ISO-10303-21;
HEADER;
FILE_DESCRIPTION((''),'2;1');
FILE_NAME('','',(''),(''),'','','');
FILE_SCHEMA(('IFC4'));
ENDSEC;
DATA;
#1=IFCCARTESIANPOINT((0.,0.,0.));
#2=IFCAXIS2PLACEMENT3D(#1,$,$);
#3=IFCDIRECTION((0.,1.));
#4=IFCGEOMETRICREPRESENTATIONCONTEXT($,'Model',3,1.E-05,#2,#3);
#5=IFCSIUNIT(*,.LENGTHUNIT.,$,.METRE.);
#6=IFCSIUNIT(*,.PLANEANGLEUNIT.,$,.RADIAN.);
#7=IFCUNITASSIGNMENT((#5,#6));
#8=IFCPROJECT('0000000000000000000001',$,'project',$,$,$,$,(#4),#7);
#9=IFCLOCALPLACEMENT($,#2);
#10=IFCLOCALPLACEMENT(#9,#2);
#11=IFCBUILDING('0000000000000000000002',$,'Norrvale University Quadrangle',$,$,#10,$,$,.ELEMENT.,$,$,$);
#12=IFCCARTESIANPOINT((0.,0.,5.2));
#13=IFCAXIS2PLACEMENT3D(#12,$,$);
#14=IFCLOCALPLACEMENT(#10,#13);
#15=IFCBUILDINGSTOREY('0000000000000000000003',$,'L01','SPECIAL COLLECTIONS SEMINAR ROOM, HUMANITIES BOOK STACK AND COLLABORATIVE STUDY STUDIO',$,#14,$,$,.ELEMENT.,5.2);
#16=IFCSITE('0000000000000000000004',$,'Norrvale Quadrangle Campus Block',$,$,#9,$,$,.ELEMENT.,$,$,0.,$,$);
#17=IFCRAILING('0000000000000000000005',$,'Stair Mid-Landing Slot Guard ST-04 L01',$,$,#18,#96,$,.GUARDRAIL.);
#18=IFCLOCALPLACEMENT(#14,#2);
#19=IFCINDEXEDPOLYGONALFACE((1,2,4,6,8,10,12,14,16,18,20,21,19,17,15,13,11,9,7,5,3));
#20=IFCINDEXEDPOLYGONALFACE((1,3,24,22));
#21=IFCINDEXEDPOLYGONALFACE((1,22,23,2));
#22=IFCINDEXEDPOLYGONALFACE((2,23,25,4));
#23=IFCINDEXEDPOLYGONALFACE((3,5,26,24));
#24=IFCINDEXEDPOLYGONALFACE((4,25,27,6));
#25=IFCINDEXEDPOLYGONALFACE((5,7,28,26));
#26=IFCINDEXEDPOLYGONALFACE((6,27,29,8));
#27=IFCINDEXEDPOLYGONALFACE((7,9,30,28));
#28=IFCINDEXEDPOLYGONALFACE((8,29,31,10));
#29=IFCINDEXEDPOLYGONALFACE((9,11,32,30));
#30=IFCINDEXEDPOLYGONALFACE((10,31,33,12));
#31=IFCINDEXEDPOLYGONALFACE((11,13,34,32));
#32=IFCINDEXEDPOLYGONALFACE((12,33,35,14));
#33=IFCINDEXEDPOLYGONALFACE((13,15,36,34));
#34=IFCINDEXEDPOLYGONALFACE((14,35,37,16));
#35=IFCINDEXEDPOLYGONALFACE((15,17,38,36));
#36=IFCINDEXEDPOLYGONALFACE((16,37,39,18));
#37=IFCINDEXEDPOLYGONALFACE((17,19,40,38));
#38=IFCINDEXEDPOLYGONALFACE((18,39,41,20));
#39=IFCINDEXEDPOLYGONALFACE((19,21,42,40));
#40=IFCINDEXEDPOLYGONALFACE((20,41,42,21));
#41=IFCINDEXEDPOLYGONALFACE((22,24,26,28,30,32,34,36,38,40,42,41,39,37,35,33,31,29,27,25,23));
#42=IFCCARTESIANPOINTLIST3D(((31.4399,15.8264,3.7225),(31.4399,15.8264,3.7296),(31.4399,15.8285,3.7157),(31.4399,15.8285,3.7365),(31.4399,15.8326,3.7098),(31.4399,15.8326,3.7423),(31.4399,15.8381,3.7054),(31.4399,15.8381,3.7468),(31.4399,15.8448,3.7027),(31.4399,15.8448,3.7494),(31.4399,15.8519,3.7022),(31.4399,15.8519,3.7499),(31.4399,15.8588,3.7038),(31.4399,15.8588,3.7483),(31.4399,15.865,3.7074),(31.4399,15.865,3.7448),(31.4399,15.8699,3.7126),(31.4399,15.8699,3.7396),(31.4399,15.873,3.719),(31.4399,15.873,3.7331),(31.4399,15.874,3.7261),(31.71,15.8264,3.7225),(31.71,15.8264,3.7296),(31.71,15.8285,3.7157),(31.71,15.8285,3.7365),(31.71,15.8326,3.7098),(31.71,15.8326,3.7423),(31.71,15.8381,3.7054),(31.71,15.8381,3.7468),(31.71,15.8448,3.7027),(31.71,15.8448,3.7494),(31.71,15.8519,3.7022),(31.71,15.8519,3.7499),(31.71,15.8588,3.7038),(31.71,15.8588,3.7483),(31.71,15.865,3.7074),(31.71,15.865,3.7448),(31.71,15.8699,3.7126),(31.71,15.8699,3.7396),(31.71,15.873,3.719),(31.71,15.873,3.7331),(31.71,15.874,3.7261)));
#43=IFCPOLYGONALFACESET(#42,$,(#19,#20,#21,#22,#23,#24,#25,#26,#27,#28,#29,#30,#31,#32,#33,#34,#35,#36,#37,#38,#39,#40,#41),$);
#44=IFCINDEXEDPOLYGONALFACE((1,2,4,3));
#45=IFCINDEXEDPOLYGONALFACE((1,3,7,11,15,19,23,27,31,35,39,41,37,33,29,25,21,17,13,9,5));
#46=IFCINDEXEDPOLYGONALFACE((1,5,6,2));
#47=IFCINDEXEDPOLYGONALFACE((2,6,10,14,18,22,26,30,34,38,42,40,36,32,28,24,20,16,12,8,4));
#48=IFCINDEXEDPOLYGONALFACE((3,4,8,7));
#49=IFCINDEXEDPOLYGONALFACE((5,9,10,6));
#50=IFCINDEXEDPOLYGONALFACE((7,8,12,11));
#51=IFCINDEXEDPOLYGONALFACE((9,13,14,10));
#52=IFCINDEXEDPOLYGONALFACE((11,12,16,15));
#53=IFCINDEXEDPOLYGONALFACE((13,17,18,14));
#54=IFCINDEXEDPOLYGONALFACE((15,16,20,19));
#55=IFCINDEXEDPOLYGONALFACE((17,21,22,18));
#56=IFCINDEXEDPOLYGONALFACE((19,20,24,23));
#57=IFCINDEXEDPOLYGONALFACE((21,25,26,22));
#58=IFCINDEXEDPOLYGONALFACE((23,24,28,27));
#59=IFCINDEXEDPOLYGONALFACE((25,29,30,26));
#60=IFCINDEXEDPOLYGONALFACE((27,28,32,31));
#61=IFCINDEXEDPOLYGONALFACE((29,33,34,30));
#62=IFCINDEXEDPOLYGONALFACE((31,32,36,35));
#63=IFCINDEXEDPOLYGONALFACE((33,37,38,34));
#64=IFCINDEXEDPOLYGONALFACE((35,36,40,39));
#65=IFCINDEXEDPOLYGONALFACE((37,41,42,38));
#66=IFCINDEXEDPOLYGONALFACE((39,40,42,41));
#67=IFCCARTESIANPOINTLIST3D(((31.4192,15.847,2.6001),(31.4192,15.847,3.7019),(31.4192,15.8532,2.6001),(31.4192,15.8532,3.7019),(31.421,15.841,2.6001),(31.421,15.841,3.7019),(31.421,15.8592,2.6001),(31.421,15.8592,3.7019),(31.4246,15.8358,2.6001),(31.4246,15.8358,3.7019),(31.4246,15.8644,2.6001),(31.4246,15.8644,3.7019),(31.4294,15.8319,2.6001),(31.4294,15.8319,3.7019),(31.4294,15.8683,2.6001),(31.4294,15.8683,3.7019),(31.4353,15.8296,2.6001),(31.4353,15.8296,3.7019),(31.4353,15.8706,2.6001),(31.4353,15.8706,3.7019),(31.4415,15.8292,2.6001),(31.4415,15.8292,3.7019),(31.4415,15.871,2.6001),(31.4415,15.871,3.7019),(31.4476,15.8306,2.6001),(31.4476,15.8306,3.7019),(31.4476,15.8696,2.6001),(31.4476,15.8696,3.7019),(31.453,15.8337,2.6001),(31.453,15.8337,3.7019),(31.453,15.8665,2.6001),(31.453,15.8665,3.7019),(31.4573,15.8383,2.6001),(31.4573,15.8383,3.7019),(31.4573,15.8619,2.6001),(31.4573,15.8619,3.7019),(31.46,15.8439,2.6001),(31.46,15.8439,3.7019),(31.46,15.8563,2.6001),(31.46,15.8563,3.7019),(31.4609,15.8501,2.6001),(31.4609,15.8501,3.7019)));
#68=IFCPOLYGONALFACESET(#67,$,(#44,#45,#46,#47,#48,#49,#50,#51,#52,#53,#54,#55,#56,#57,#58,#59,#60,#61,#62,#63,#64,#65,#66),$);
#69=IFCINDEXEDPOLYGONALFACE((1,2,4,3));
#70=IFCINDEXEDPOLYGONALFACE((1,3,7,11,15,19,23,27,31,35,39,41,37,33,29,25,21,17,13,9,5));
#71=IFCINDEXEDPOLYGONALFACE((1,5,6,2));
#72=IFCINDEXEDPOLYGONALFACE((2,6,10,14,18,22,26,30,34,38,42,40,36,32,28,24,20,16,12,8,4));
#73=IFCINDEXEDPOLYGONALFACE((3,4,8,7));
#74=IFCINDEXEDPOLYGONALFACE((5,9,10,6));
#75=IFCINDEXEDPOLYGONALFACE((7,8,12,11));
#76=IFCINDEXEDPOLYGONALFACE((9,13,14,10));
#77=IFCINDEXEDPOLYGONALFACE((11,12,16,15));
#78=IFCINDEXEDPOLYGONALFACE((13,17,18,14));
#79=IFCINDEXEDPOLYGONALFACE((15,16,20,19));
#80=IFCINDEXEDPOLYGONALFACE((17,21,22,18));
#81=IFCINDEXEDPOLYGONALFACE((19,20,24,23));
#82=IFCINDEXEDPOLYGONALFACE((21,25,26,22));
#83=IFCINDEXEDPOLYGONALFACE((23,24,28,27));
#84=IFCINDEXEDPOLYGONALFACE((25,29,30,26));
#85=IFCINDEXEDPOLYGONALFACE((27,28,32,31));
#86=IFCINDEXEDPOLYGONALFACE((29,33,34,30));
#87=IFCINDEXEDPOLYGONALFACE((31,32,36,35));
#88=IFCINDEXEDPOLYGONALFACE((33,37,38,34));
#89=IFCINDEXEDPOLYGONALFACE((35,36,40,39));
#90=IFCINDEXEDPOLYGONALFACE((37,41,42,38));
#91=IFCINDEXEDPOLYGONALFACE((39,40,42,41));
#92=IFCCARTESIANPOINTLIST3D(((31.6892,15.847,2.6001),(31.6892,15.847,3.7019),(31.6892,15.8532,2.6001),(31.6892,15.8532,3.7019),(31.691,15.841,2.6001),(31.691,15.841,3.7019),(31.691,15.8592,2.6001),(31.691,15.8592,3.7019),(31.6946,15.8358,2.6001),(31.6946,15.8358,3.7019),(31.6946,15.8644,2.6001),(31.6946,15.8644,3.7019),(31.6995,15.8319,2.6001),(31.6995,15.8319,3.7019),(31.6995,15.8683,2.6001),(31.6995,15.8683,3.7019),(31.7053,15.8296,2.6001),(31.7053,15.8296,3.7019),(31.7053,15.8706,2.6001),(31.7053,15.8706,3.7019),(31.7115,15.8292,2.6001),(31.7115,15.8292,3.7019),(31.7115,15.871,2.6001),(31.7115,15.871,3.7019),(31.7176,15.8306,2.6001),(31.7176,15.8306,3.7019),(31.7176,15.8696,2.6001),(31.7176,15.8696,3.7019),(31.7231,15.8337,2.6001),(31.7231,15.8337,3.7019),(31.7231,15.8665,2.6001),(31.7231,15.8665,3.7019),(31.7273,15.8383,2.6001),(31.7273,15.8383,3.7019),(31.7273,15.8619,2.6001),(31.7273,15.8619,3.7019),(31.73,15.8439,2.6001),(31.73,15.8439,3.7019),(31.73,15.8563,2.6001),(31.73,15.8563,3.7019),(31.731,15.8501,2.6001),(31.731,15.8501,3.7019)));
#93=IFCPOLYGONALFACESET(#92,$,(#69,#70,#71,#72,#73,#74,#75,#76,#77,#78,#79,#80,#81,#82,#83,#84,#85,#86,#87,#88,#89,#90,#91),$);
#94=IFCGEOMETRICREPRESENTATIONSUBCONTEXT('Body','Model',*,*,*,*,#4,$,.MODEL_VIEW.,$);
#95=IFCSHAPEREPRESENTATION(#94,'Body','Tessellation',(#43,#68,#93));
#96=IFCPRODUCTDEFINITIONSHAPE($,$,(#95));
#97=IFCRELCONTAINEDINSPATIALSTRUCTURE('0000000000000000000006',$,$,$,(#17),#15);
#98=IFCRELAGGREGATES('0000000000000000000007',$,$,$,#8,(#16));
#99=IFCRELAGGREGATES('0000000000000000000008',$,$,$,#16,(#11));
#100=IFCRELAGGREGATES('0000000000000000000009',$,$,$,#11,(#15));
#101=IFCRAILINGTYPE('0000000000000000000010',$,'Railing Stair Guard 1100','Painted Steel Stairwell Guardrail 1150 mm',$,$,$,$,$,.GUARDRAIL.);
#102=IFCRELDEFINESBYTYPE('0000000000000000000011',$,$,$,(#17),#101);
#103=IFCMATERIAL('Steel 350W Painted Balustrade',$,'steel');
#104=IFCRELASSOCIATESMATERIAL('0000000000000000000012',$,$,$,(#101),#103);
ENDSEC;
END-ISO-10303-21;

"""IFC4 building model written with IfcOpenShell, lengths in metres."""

from ifc_helpers import new_model, si_unit, direction, frame, origin, origin_2d, place, context, subcontext, project, spatial, circle, extrude, material, type_object, element, save


model = new_model("IFC4")

# Units and contexts
model_context = context("Model", 3, precision=1e-05, world=origin(), true_north=direction((0.0, 1.0)))
body_context = subcontext(model_context, "Body", "Model", "MODEL_VIEW")
ifc_project = project(units=[si_unit("LENGTHUNIT", "METRE"), si_unit("PLANEANGLEUNIT", "RADIAN")], contexts=[model_context])

# Site, building, storey
site_placement = place(None, origin())
site = spatial("IfcSite", under=ifc_project, at=site_placement, Name="Norrvale Quadrangle Campus Block", CompositionType="ELEMENT", RefElevation=0.0)
building_placement = place(site_placement, origin())
building = spatial("IfcBuilding", under=site, at=building_placement, Name="Norrvale University Quadrangle", CompositionType="ELEMENT")
storey_placement = place(building_placement, frame((0.0, 0.0, 5.2)))
storey = spatial("IfcBuildingStorey", under=building, at=storey_placement, Name="L01", Description="SPECIAL COLLECTIONS SEMINAR ROOM, HUMANITIES BOOK STACK AND COLLABORATIVE STUDY STUDIO", CompositionType="ELEMENT", Elevation=5.2)

# Railing
ifc_material_1 = material(Name="Steel 350W Painted Balustrade", Category="steel")
railing_type_1 = type_object("IfcRailingType", Name="Railing Stair Guard 1100", Description="Painted Steel Stairwell Guardrail 1150 mm", PredefinedType="GUARDRAIL", material=ifc_material_1)
railing_1_placement = place(storey_placement, frame((31.4399, 15.8501, 2.6001)))
element("IfcRailing", 1, at=railing_1_placement, inside=storey, type_object=railing_type_1, Name="Stair Mid-Landing Slot Guard ST-04 L01", PredefinedType="GUARDRAIL", context=body_context, shape_type="SweptSolid", body=[
    extrude(circle(Radius=0.0239, at=origin_2d()), frame((0.0, 0.0, 1.126), z_axis=(1.0, 0.0, 0.0), x_axis=(0.0, 1.0, 0.0)), (0.0, 0.0, 1.0), 0.27),
    extrude(circle(Radius=0.021, at=origin_2d()), origin(), (0.0, 0.0, 1.0), 1.1018),
    extrude(circle(Radius=0.021, at=origin_2d()), frame((0.27, 0.0, 0.0)), (0.0, 0.0, 1.0), 1.1018),
])

save(model, "model.ifc")
